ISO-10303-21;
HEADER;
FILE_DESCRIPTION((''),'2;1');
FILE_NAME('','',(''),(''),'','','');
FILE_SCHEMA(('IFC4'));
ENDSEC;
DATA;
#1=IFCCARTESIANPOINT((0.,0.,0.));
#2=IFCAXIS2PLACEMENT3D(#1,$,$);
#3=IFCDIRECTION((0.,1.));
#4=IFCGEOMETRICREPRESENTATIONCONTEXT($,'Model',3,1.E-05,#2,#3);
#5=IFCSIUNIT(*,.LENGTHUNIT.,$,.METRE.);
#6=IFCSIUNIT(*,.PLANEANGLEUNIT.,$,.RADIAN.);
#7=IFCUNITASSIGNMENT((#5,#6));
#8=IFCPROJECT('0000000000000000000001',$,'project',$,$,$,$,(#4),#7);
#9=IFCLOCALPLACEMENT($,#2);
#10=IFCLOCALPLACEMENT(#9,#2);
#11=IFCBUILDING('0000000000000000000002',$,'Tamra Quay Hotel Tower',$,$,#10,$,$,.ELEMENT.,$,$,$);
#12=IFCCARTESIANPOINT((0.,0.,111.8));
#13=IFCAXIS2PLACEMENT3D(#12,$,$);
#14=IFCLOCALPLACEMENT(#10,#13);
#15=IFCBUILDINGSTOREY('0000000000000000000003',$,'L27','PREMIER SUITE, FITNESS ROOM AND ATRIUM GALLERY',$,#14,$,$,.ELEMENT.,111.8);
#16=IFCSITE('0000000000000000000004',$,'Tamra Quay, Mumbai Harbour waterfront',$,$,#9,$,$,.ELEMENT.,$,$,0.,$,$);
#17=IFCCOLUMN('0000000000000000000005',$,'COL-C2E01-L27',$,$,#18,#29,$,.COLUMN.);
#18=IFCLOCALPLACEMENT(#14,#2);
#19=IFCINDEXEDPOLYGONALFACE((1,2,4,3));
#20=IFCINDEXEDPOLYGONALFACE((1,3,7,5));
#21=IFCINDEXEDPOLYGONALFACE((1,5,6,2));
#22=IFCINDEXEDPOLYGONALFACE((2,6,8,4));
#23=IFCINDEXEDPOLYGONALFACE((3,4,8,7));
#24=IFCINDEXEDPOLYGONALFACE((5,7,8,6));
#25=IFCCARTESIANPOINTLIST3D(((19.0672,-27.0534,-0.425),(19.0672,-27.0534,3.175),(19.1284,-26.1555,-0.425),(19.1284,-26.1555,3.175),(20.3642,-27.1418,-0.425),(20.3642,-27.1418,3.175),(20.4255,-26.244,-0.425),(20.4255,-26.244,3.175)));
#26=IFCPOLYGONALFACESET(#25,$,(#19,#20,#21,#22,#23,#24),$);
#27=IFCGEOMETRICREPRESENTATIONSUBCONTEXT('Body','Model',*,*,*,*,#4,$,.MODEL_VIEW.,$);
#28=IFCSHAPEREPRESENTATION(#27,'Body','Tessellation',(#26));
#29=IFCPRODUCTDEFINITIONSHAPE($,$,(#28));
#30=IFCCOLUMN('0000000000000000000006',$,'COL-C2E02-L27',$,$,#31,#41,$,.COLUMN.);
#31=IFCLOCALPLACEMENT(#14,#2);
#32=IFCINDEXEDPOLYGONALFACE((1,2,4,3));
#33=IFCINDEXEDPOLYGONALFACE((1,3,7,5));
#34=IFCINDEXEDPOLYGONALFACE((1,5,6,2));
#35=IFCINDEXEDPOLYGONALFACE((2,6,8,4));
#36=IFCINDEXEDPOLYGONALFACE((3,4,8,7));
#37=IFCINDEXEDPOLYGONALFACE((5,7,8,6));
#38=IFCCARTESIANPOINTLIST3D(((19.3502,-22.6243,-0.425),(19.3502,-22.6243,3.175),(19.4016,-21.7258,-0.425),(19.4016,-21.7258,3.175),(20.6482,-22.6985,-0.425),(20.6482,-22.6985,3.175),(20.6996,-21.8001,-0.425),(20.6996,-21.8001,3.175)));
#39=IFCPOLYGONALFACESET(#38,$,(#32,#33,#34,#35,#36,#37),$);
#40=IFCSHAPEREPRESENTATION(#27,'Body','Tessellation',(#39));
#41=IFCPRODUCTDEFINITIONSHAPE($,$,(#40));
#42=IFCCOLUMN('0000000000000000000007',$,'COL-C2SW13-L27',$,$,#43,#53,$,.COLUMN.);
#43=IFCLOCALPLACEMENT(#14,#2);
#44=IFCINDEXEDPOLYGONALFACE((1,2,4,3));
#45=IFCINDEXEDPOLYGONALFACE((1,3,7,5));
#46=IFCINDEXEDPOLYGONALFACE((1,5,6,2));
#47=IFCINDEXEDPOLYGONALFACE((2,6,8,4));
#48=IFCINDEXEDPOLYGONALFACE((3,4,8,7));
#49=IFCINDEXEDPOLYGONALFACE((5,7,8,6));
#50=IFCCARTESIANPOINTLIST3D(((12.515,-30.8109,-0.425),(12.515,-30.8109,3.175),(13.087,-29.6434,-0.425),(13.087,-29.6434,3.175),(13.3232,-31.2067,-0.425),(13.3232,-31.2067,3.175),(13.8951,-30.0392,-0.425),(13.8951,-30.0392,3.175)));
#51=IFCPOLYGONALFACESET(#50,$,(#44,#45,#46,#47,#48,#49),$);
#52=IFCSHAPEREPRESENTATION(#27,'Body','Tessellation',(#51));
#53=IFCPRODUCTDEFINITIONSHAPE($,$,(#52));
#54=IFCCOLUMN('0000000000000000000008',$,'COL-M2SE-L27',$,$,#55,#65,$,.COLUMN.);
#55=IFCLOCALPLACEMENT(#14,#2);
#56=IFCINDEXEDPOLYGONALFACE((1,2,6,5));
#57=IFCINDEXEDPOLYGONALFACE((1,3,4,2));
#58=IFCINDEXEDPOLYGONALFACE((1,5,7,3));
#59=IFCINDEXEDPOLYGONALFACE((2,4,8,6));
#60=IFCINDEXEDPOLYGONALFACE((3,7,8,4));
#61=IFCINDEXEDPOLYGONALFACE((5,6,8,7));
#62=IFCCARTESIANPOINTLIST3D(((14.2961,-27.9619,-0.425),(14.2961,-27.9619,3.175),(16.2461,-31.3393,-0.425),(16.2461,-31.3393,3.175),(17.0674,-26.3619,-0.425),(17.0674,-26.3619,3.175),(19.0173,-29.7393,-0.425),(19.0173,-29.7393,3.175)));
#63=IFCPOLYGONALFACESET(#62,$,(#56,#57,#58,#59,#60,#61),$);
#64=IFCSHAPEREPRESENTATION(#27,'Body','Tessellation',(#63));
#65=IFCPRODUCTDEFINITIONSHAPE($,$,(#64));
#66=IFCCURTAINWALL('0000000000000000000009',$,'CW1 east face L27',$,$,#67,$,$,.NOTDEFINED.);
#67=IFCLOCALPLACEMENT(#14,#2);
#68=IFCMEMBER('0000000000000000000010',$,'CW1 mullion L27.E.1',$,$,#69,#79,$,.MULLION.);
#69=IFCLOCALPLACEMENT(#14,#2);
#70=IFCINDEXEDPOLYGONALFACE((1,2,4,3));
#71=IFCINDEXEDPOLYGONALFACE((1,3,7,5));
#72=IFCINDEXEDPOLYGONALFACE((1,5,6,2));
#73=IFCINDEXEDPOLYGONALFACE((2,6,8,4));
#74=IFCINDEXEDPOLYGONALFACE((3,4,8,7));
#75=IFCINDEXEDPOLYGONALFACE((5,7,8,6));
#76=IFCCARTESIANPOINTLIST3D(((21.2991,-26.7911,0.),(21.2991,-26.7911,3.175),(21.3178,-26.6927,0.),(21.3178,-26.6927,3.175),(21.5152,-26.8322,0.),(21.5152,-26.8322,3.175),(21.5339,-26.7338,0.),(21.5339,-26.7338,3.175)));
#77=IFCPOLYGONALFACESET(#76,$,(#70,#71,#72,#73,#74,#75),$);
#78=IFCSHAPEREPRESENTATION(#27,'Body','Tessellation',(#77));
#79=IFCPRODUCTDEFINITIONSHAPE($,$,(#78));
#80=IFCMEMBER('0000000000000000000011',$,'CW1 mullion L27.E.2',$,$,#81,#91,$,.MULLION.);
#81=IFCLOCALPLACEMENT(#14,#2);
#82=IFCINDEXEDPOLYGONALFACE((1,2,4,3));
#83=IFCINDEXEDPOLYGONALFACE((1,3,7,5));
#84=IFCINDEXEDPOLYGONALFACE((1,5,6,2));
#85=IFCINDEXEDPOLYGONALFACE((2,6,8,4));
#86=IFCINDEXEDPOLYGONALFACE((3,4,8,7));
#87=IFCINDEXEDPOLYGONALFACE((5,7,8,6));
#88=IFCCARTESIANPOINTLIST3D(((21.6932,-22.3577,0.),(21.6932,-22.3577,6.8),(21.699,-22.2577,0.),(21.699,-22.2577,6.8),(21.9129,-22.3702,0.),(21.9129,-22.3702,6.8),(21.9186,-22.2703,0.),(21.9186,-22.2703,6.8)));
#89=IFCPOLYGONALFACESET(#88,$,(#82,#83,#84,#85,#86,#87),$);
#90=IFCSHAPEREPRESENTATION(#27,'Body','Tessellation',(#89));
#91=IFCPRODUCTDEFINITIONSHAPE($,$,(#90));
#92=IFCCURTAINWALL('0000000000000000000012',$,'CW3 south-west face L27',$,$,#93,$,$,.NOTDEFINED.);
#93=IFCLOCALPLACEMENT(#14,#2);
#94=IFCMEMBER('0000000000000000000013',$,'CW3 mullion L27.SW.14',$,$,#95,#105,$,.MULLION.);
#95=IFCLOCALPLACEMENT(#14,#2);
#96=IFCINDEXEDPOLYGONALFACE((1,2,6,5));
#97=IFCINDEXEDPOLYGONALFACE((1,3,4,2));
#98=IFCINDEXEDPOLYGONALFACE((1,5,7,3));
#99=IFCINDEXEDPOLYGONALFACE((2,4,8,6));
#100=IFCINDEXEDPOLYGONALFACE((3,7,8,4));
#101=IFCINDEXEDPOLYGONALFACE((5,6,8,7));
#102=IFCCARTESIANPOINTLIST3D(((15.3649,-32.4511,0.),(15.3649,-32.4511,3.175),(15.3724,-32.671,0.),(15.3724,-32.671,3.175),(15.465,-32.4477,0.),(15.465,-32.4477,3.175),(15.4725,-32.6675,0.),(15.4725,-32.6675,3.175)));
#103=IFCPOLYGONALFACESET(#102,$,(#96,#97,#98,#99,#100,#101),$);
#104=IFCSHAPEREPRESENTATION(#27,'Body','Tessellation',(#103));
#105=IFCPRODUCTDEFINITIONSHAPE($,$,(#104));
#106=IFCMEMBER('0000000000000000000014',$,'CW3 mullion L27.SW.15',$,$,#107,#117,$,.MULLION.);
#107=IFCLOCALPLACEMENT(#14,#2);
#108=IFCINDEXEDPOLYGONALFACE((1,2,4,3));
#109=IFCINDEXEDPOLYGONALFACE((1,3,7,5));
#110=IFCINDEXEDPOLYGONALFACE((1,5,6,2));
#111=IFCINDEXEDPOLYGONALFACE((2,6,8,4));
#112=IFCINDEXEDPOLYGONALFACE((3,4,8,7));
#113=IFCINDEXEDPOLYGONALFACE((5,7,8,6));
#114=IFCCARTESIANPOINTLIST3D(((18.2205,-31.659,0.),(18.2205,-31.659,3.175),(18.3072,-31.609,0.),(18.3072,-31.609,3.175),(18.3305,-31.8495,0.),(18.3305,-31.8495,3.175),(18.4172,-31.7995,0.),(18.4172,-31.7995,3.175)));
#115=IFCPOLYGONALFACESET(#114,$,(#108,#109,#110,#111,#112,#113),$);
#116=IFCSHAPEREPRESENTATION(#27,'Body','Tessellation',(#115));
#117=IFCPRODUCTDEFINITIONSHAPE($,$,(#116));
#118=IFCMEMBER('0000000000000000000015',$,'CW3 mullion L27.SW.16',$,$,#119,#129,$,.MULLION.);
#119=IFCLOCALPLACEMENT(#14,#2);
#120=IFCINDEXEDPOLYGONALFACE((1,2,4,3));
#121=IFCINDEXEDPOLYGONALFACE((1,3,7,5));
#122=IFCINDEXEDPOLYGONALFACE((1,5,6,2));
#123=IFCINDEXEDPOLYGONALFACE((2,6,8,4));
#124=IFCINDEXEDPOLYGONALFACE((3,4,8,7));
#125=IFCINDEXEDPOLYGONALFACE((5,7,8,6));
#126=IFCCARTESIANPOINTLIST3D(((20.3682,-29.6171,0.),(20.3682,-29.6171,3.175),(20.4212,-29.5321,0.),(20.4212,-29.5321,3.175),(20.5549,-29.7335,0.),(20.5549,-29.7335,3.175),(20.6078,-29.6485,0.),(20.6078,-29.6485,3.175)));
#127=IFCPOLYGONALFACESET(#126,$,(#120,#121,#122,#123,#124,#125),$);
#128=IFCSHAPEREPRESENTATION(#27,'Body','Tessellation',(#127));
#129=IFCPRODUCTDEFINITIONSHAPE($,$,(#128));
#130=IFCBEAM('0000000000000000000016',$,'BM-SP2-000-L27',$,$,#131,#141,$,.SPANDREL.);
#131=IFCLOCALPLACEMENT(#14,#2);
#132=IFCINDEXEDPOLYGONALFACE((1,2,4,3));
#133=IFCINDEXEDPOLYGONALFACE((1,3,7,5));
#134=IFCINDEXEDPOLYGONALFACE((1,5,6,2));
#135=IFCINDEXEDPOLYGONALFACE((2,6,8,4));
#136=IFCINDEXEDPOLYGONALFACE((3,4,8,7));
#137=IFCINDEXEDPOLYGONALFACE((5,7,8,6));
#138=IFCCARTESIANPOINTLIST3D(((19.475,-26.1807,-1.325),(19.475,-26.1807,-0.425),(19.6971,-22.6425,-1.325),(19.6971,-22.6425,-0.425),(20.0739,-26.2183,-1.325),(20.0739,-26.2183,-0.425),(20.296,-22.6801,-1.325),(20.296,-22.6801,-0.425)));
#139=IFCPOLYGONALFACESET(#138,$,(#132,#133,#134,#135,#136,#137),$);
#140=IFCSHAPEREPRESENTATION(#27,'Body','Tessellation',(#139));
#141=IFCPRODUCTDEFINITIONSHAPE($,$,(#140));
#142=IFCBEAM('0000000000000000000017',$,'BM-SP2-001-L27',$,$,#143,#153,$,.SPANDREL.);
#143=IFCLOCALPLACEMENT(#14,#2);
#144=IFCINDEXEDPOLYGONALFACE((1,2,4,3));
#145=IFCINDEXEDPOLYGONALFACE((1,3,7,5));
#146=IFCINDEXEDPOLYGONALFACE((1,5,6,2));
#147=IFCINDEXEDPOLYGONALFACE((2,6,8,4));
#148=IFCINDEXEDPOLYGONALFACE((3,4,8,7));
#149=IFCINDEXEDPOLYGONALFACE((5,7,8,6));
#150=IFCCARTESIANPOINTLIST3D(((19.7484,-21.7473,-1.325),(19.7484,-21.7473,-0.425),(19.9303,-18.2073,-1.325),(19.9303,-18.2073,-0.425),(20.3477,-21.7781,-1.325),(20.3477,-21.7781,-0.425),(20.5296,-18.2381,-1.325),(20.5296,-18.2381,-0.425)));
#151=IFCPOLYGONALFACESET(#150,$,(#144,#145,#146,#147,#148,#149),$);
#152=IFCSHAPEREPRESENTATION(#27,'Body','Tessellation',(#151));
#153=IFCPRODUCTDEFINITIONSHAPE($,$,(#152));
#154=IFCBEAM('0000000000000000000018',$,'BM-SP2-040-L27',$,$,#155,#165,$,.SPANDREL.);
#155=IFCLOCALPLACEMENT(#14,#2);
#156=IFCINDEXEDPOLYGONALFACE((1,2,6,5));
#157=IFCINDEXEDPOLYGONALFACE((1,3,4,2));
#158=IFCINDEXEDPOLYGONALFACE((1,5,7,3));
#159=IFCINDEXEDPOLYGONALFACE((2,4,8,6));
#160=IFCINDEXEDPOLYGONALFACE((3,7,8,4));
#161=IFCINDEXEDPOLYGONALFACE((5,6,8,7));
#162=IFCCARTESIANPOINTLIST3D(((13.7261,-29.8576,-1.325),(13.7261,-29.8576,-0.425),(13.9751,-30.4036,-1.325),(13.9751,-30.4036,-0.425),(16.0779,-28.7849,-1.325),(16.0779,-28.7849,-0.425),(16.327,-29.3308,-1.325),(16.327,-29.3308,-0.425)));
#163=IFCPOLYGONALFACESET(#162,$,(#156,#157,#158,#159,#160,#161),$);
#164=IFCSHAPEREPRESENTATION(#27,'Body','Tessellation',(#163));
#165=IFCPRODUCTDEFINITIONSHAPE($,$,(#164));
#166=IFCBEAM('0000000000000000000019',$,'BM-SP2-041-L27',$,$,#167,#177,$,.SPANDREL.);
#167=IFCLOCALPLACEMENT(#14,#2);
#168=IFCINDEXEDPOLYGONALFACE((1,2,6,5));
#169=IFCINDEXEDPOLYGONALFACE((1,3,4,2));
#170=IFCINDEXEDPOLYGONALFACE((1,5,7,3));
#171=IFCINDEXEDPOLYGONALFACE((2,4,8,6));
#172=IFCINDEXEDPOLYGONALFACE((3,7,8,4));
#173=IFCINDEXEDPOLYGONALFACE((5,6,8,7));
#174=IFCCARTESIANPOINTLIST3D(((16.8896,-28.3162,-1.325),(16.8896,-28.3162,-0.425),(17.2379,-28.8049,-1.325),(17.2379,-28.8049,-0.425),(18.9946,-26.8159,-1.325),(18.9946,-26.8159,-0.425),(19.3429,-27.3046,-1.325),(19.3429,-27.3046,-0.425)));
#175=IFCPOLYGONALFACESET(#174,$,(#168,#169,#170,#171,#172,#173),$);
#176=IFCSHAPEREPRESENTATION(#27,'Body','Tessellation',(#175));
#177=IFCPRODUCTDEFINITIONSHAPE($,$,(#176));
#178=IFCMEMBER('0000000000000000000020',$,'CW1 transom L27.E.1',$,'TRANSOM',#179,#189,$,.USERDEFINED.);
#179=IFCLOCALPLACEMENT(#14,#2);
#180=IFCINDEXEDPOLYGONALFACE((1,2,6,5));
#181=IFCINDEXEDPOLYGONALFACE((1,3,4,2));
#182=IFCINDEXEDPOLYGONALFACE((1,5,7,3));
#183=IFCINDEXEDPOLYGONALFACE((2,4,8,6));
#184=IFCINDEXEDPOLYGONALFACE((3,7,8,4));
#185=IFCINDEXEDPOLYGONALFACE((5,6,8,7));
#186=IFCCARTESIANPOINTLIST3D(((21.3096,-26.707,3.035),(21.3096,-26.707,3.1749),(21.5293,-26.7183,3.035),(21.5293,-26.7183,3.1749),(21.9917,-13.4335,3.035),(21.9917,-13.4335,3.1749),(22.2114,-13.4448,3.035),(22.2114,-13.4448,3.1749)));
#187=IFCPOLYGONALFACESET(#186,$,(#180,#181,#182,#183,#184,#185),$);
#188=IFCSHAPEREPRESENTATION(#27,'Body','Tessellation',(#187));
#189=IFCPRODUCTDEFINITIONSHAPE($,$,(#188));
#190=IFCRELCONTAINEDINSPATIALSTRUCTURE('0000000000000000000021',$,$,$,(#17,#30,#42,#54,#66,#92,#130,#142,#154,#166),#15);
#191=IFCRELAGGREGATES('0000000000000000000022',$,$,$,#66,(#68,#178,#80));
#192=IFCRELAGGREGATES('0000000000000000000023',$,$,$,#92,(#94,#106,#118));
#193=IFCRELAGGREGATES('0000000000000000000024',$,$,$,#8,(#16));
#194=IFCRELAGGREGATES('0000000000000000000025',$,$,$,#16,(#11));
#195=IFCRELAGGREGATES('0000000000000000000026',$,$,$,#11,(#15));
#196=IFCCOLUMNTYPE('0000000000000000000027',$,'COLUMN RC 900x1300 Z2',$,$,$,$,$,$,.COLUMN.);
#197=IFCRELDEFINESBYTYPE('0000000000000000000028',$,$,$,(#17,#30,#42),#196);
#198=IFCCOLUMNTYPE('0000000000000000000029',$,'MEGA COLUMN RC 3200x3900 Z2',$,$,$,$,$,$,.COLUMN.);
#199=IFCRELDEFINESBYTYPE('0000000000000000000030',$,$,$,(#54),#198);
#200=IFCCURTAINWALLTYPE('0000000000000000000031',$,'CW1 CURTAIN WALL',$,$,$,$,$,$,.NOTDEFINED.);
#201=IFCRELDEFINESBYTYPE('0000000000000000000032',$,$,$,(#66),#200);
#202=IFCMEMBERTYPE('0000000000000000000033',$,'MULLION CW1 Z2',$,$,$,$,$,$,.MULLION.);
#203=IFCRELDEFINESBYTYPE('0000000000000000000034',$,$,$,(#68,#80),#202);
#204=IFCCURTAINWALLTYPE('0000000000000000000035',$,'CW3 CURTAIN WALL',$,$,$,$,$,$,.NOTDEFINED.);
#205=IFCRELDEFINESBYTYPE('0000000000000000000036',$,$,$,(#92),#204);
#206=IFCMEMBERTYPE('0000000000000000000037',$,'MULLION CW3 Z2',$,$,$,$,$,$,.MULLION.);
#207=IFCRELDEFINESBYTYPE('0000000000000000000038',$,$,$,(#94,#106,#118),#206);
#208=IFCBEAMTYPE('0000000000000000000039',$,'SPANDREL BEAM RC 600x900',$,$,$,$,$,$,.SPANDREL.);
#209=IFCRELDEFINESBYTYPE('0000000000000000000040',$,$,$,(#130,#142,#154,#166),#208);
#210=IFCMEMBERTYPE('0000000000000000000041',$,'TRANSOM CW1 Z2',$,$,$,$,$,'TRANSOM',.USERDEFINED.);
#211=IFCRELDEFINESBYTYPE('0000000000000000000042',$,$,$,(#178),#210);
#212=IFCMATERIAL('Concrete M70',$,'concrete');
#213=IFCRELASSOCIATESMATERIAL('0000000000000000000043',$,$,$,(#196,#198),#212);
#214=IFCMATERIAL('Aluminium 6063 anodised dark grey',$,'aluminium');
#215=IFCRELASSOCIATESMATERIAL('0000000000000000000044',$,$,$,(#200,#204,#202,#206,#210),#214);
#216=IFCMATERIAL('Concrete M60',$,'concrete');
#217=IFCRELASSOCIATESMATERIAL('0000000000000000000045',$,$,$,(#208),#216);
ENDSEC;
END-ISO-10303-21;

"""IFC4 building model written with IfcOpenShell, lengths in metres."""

from ifc_helpers import new_model, si_unit, direction, frame, origin, origin_2d, place, context, subcontext, project, spatial, rectangle, extrude, material, material_profile, profile_set, type_object, element, aggregate, save


model = new_model("IFC4")

# Units and contexts
model_context = context("Model", 3, precision=1e-05, world=origin(), true_north=direction((0.0, 1.0)))
body_context = subcontext(model_context, "Body", "Model", "MODEL_VIEW")
ifc_project = project(units=[si_unit("LENGTHUNIT", "METRE"), si_unit("PLANEANGLEUNIT", "RADIAN")], contexts=[model_context])

# Site, building, storey
site_placement = place(None, origin())
site = spatial("IfcSite", under=ifc_project, at=site_placement, Name="Tamra Quay, Mumbai Harbour waterfront", CompositionType="ELEMENT", RefElevation=0.0)
building_placement = place(site_placement, origin())
building = spatial("IfcBuilding", under=site, at=building_placement, Name="Tamra Quay Hotel Tower", CompositionType="ELEMENT")
storey_placement = place(building_placement, frame((0.0, 0.0, 111.8)))
storey = spatial("IfcBuildingStorey", under=building, at=storey_placement, Name="L27", Description="PREMIER SUITE, FITNESS ROOM AND ATRIUM GALLERY", CompositionType="ELEMENT", Elevation=111.8)

# Columns
ifc_material_1 = material(Name="Concrete M70", Category="concrete")
ifc_material_profile_1 = material_profile(ifc_material_1, rectangle(XDim=1.3, YDim=0.8999, at=origin_2d()), Name="COLUMN RC 900x1300 Z2")
ifc_profile_set_1 = profile_set([ifc_material_profile_1], Name="Concrete M70")
column_type_1 = type_object("IfcColumnType", Name="COLUMN RC 900x1300 Z2", PredefinedType="COLUMN", material=ifc_profile_set_1)
for number, where, z_axis, x_axis, name in (
    (1, (19.7463, -26.6487, -0.425), (0.0, 0.0, 1.0), (-0.997682, 0.068041, 0.0), "COL-C2E01-L27"),
    (2, (20.0249, -22.2122, -0.425), (0.0, 0.0, 1.0), (-0.998368, 0.057108, 0.0), "COL-C2E02-L27"),
    (3, (13.2051, -30.425, -0.425), (0.0, 0.0, 1.0), (0.439916, 0.898039, 0.0), "COL-C2SW13-L27"),
):
    element("IfcColumn", number, at=place(storey_placement, frame(where, z_axis=z_axis, x_axis=x_axis)), inside=storey, type_object=column_type_1, Name=name, PredefinedType="COLUMN", context=body_context, shape_type="SweptSolid", body=[
        extrude(rectangle(XDim=1.3, YDim=0.8999, at=origin_2d()), origin(), (0.0, 0.0, 1.0), 3.6001),
    ])
ifc_material_profile_2 = material_profile(ifc_material_1, rectangle(XDim=3.8999, YDim=3.2, at=origin_2d()), Name="MEGA COLUMN RC 3200x3900 Z2")
ifc_profile_set_2 = profile_set([ifc_material_profile_2], Name="Concrete M70")
column_type_2 = type_object("IfcColumnType", Name="MEGA COLUMN RC 3200x3900 Z2", PredefinedType="COLUMN", material=ifc_profile_set_2)
column_placement = place(storey_placement, frame((16.6567, -28.8506, -0.425), z_axis=(0.0, 0.0, 1.0), x_axis=(-0.5, 0.866025, 0.0)))
element("IfcColumn", 4, at=column_placement, inside=storey, type_object=column_type_2, Name="COL-M2SE-L27", PredefinedType="COLUMN", context=body_context, shape_type="SweptSolid", body=[
    extrude(rectangle(XDim=3.8999, YDim=3.2, at=origin_2d()), origin(), (0.0, 0.0, 1.0), 3.6001),
])

# Curtain walls, members
ifc_material_2 = material(Name="Aluminium 6063 anodised dark grey", Category="aluminium")
curtain_wall_type_1 = type_object("IfcCurtainWallType", Name="CW1 CURTAIN WALL", PredefinedType="NOTDEFINED", material=ifc_material_2)
curtain_wall_1_placement = place(storey_placement, origin())
curtain_wall_1 = element("IfcCurtainWall", 5, at=curtain_wall_1_placement, inside=storey, type_object=curtain_wall_type_1, Name="CW1 east face L27", PredefinedType="NOTDEFINED")
ifc_material_profile_3 = material_profile(ifc_material_2, rectangle(XDim=0.22, YDim=0.1001, at=origin_2d()), Name="MULLION 100X220")
ifc_profile_set_3 = profile_set([ifc_material_profile_3], Name="Aluminium 6063 anodised dark grey")
member_type_1 = type_object("IfcMemberType", Name="MULLION CW1 Z2", PredefinedType="MULLION", material=ifc_profile_set_3)
member_1_placement = place(storey_placement, frame((21.4165, -26.7625, 0.0), z_axis=(0.0, 0.0, 1.0), x_axis=(0.982419, -0.186689, 0.0)))
member_1 = element("IfcMember", 6, at=member_1_placement, type_object=member_type_1, Name="CW1 mullion L27.E.1", PredefinedType="MULLION", context=body_context, shape_type="SweptSolid", body=[
    extrude(rectangle(XDim=0.22, YDim=0.1001, at=origin_2d()), origin(), (0.0, 0.0, 1.0), 3.175),
])
member_2_placement = place(storey_placement, frame((21.8059, -22.314, 0.0), z_axis=(0.0, 0.0, 1.0), x_axis=(0.998374, -0.056996, 0.0)))
member_2 = element("IfcMember", 7, at=member_2_placement, type_object=member_type_1, Name="CW1 mullion L27.E.2", PredefinedType="MULLION", context=body_context, shape_type="SweptSolid", body=[
    extrude(rectangle(XDim=0.22, YDim=0.1001, at=origin_2d()), origin(), (0.0, 0.0, 1.0), 6.8),
])
curtain_wall_type_2 = type_object("IfcCurtainWallType", Name="CW3 CURTAIN WALL", PredefinedType="NOTDEFINED", material=ifc_material_2)
curtain_wall_2_placement = place(storey_placement, origin())
curtain_wall_2 = element("IfcCurtainWall", 8, at=curtain_wall_2_placement, inside=storey, type_object=curtain_wall_type_2, Name="CW3 south-west face L27", PredefinedType="NOTDEFINED")
ifc_material_profile_4 = material_profile(ifc_material_2, rectangle(XDim=0.22, YDim=0.1001, at=origin_2d()), Name="MULLION 100X220")
ifc_profile_set_4 = profile_set([ifc_material_profile_4], Name="Aluminium 6063 anodised dark grey")
member_type_2 = type_object("IfcMemberType", Name="MULLION CW3 Z2", PredefinedType="MULLION", material=ifc_profile_set_4)
member_3_placement = place(storey_placement, frame((15.4187, -32.5593, 0.0), z_axis=(0.0, 0.0, 1.0), x_axis=(0.034041, -0.99942, 0.0)))
member_3 = element("IfcMember", 9, at=member_3_placement, type_object=member_type_2, Name="CW3 mullion L27.SW.14", PredefinedType="MULLION", context=body_context, shape_type="SweptSolid", body=[
    extrude(rectangle(XDim=0.22, YDim=0.1001, at=origin_2d()), origin(), (0.0, 0.0, 1.0), 3.175),
])
member_4_placement = place(storey_placement, frame((18.3188, -31.7292, 0.0), z_axis=(0.0, 0.0, 1.0), x_axis=(0.5, -0.866025, 0.0)))
member_4 = element("IfcMember", 10, at=member_4_placement, type_object=member_type_2, Name="CW3 mullion L27.SW.15", PredefinedType="MULLION", context=body_context, shape_type="SweptSolid", body=[
    extrude(rectangle(XDim=0.22, YDim=0.1001, at=origin_2d()), origin(), (0.0, 0.0, 1.0), 3.175),
])
member_5_placement = place(storey_placement, frame((20.488, -29.6328, 0.0), z_axis=(0.0, 0.0, 1.0), x_axis=(0.848503, -0.52919, 0.0)))
member_5 = element("IfcMember", 11, at=member_5_placement, type_object=member_type_2, Name="CW3 mullion L27.SW.16", PredefinedType="MULLION", context=body_context, shape_type="SweptSolid", body=[
    extrude(rectangle(XDim=0.22, YDim=0.1001, at=origin_2d()), origin(), (0.0, 0.0, 1.0), 3.175),
])

# Beams
ifc_material_3 = material(Name="Concrete M60", Category="concrete")
ifc_material_profile_5 = material_profile(ifc_material_3, rectangle(XDim=0.6001, YDim=0.8999, at=origin_2d()), Name="SPANDREL BEAM RC 600x900")
ifc_profile_set_5 = profile_set([ifc_material_profile_5], Name="Concrete M60")
beam_type = type_object("IfcBeamType", Name="SPANDREL BEAM RC 600x900", PredefinedType="SPANDREL", material=ifc_profile_set_5)
beam_1_placement = place(storey_placement, frame((19.7744, -26.1995, -0.875), z_axis=(0.06267, 0.998034, 0.0), x_axis=(-0.998034, 0.06267, 0.0)))
element("IfcBeam", 12, at=beam_1_placement, inside=storey, type_object=beam_type, Name="BM-SP2-000-L27", PredefinedType="SPANDREL", context=body_context, shape_type="SweptSolid", body=[
    extrude(rectangle(XDim=0.6001, YDim=0.8999, at=origin_2d()), origin(), (0.0, 0.0, 1.0), 3.5452),
])
beam_2_placement = place(storey_placement, frame((20.0481, -21.7627, -0.875), z_axis=(0.051312, 0.998683, 0.0), x_axis=(-0.998683, 0.051312, 0.0)))
element("IfcBeam", 13, at=beam_2_placement, inside=storey, type_object=beam_type, Name="BM-SP2-001-L27", PredefinedType="SPANDREL", context=body_context, shape_type="SweptSolid", body=[
    extrude(rectangle(XDim=0.6001, YDim=0.8999, at=origin_2d()), origin(), (0.0, 0.0, 1.0), 3.5447),
])
for number, where, z_axis, x_axis, name in (
    (14, (13.8506, -30.1306, -0.875), (0.909819, 0.415005, 0.0), (-0.415005, 0.909819, 0.0), "BM-SP2-040-L27"),
    (15, (17.0637, -28.5605, -0.875), (0.814339, 0.580389, 0.0), (-0.580389, 0.814339, 0.0), "BM-SP2-041-L27"),
):
    element("IfcBeam", number, at=place(storey_placement, frame(where, z_axis=z_axis, x_axis=x_axis)), inside=storey, type_object=beam_type, Name=name, PredefinedType="SPANDREL", context=body_context, shape_type="SweptSolid", body=[
        extrude(rectangle(XDim=0.6001, YDim=0.8999, at=origin_2d()), origin(), (0.0, 0.0, 1.0), 2.585),
    ])

# Member
ifc_material_profile_6 = material_profile(ifc_material_2, rectangle(XDim=0.22, YDim=0.1399, at=origin_2d()), Name="TRANSOM 220X140")
ifc_profile_set_6 = profile_set([ifc_material_profile_6], Name="Aluminium 6063 anodised dark grey")
member_type_3 = type_object("IfcMemberType", Name="TRANSOM CW1 Z2", ElementType="TRANSOM", PredefinedType="USERDEFINED", material=ifc_profile_set_6)
member_6_placement = place(storey_placement, frame((21.4194, -26.7126, 3.105), z_axis=(0.051323, 0.998682, 0.0), x_axis=(-0.998682, 0.051323, 0.0)))
member_6 = element("IfcMember", 16, at=member_6_placement, type_object=member_type_3, Name="CW1 transom L27.E.1", ObjectType="TRANSOM", PredefinedType="USERDEFINED", context=body_context, shape_type="SweptSolid", body=[
    extrude(rectangle(XDim=0.22, YDim=0.1399, at=origin_2d()), origin(), (0.0, 0.0, 1.0), 13.291),
])

aggregate(curtain_wall_1, [member_1, member_6, member_2])
aggregate(curtain_wall_2, [member_3, member_4, member_5])

save(model, "model.ifc")
